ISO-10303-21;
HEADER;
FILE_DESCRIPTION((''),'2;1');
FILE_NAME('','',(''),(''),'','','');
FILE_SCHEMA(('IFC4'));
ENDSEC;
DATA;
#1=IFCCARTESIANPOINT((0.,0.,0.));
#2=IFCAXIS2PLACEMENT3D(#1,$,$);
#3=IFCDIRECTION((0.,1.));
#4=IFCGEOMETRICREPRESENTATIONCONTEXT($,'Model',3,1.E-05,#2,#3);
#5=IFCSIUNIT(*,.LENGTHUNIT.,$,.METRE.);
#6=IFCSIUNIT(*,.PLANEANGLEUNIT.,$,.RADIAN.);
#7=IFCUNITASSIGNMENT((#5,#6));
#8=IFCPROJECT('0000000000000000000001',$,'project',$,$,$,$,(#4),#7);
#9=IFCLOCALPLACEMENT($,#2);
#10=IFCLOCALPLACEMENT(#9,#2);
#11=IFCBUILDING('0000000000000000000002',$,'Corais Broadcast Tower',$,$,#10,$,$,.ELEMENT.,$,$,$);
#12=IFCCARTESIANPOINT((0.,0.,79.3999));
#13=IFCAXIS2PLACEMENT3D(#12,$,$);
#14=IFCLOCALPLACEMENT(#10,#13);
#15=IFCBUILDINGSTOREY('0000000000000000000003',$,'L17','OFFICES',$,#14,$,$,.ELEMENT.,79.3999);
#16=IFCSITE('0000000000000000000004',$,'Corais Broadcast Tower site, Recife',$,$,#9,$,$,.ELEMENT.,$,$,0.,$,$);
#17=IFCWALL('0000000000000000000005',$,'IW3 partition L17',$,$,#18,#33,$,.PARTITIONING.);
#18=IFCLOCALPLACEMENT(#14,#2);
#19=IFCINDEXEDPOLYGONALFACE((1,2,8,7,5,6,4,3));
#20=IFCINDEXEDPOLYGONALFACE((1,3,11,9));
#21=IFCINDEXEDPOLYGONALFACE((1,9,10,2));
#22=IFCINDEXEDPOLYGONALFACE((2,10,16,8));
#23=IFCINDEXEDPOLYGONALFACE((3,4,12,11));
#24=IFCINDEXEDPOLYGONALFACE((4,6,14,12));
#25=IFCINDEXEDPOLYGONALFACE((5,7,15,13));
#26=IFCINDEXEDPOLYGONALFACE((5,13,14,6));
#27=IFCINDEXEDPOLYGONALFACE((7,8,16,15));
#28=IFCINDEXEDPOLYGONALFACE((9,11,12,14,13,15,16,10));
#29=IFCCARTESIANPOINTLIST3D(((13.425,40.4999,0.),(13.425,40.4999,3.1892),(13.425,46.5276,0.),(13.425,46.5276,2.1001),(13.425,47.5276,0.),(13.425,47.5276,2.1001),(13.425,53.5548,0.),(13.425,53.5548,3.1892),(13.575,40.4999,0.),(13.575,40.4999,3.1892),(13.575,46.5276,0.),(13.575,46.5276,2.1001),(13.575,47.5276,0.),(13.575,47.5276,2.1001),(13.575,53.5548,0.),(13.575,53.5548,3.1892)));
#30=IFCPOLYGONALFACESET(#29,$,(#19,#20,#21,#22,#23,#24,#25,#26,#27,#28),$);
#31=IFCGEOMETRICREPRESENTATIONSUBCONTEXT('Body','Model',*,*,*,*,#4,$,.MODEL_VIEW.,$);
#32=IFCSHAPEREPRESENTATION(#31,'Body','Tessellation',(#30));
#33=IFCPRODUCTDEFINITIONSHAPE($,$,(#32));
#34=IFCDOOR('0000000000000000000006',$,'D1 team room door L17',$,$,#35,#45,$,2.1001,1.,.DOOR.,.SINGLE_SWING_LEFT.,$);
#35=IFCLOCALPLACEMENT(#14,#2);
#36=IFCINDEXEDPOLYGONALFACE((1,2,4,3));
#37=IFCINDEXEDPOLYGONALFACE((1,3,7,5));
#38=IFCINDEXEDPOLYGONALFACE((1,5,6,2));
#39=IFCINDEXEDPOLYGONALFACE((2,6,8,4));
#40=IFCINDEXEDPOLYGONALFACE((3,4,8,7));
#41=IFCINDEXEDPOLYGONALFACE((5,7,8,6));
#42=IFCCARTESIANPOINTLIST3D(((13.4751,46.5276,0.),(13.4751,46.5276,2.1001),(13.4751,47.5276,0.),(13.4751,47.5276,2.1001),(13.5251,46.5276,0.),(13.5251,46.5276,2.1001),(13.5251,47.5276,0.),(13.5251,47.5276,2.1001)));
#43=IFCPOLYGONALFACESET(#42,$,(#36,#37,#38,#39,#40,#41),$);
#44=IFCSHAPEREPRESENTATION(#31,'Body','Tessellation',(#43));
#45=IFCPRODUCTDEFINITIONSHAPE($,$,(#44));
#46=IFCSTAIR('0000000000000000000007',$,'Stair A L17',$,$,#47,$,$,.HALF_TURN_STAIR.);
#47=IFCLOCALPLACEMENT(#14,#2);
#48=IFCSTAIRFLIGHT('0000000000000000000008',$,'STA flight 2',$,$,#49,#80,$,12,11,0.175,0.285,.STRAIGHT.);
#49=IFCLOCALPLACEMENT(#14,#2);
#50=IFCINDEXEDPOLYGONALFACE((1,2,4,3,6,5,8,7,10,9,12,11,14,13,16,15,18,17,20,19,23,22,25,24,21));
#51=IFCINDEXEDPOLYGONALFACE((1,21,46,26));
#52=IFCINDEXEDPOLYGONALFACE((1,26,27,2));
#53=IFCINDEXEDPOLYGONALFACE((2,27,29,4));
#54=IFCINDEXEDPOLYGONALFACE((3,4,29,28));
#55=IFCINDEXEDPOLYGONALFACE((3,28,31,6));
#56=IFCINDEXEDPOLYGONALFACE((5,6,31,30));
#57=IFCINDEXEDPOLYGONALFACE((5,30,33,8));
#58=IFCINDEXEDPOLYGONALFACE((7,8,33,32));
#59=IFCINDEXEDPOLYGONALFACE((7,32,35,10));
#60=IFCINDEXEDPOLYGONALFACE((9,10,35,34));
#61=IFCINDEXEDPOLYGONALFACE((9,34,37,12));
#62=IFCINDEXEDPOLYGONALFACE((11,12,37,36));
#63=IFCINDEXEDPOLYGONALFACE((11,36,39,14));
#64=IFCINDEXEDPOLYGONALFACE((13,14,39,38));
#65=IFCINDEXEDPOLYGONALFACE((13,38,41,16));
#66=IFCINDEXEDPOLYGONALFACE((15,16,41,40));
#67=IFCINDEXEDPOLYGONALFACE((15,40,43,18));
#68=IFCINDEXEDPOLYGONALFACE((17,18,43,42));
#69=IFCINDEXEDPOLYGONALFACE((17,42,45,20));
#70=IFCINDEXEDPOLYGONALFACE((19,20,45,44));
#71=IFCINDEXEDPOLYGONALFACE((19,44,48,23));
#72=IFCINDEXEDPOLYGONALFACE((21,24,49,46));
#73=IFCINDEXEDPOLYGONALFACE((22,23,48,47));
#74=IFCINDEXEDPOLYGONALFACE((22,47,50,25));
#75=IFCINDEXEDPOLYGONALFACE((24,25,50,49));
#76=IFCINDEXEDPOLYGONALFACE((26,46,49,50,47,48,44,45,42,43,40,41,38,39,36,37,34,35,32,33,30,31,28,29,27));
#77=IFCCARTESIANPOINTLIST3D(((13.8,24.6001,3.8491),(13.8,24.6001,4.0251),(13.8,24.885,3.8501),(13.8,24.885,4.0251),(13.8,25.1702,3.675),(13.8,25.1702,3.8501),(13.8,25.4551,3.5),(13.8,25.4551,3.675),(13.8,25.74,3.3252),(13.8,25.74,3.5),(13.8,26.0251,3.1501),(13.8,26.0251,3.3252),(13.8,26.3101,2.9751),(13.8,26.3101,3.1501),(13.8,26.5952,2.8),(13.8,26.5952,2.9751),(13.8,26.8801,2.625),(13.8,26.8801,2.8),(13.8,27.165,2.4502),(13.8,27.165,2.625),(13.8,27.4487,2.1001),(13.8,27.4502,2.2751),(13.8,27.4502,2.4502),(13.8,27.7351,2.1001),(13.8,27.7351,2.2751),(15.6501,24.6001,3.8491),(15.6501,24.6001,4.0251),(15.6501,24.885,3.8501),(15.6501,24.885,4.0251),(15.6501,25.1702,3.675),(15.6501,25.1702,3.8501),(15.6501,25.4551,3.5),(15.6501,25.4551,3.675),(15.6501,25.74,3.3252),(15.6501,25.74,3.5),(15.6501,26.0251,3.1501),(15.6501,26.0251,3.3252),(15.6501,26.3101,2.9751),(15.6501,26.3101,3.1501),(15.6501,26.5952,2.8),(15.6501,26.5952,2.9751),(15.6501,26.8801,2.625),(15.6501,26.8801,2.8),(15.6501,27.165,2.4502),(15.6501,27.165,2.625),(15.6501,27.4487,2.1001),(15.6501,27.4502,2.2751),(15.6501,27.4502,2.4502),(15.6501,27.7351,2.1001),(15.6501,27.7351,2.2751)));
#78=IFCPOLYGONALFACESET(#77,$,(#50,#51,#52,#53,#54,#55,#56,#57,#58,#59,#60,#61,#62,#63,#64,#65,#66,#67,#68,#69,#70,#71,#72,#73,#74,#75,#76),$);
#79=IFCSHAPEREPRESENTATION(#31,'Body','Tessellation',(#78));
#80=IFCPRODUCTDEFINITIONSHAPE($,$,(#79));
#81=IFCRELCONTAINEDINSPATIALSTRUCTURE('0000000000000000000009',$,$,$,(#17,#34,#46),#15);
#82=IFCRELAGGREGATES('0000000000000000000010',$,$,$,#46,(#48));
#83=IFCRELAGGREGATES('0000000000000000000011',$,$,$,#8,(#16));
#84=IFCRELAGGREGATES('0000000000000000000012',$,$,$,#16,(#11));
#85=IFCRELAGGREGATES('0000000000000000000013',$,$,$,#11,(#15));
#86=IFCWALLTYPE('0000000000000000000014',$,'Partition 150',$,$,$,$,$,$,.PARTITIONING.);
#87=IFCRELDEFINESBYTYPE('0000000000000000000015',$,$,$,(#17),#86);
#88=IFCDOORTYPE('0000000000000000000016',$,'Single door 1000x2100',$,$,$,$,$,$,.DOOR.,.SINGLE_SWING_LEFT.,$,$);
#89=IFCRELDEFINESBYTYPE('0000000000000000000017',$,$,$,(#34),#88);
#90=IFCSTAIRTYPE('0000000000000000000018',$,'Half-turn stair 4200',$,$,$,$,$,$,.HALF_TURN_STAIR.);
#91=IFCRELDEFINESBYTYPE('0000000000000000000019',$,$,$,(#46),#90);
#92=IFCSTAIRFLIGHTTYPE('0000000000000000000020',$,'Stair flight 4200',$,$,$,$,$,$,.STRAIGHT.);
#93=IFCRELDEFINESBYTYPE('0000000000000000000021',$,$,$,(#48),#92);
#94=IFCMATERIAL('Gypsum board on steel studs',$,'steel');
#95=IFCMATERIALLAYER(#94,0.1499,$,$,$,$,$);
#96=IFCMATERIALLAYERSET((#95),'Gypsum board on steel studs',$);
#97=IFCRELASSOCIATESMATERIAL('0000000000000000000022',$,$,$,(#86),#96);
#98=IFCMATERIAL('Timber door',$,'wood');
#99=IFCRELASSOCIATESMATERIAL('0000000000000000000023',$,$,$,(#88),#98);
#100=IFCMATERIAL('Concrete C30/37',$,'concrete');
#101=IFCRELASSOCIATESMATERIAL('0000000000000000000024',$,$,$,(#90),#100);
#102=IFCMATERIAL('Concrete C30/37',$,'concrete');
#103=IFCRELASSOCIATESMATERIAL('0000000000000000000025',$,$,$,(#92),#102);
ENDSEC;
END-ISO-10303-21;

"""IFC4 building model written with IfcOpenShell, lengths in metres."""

from ifc_helpers import new_model, si_unit, direction, frame, frame_2d, origin, place, context, subcontext, project, spatial, polyline, rectangle, outline, extrude, material, layer, layer_set, type_object, element, fill, aggregate, save


model = new_model("IFC4")

# Units and contexts
model_context = context("Model", 3, precision=1e-05, world=origin(), true_north=direction((0.0, 1.0)))
body_context = subcontext(model_context, "Body", "Model", "MODEL_VIEW")
ifc_project = project(units=[si_unit("LENGTHUNIT", "METRE"), si_unit("PLANEANGLEUNIT", "RADIAN")], contexts=[model_context])

# Site, building, storey
site_placement = place(None, origin())
site = spatial("IfcSite", under=ifc_project, at=site_placement, Name="Corais Broadcast Tower site, Recife", CompositionType="ELEMENT", RefElevation=0.0)
building_placement = place(site_placement, origin())
building = spatial("IfcBuilding", under=site, at=building_placement, Name="Corais Broadcast Tower", CompositionType="ELEMENT")
storey_placement = place(building_placement, frame((0.0, 0.0, 79.3999)))
storey = spatial("IfcBuildingStorey", under=building, at=storey_placement, Name="L17", Description="OFFICES", CompositionType="ELEMENT", Elevation=79.3999)

# Shared definitions
ifc_material_1 = material(Name="Gypsum board on steel studs", Category="steel")
ifc_layer_1 = layer(ifc_material_1, 0.1499)
ifc_layer_set_1 = layer_set([ifc_layer_1], Name="Gypsum board on steel studs")
wall_type_1 = type_object("IfcWallType", Name="Partition 150", PredefinedType="PARTITIONING", material=ifc_layer_set_1)
ifc_material_2 = material(Name="Timber door", Category="wood")
door_type_1 = type_object("IfcDoorType", Name="Single door 1000x2100", OperationType="SINGLE_SWING_LEFT", PredefinedType="DOOR", material=ifc_material_2)

# Wall, opening, door
wall_1_placement = place(storey_placement, frame((13.5, 40.5, 0.0), z_axis=(0.0, 0.0, 1.0), x_axis=(0.0, 1.0, 0.0)))
wall_1 = element("IfcWall", 1, at=wall_1_placement, inside=storey, type_object=wall_type_1, Name="IW3 partition L17", PredefinedType="PARTITIONING", context=body_context, shape_type="SweptSolid", body=[
    extrude(rectangle(XDim=13.0549, YDim=0.1499, at=frame_2d((6.5273, 0.0))), origin(), (0.0, 0.0, 1.0), 3.1892),
])
opening_1_placement = place(wall_1_placement, frame((6.0276, 0.0, 0.0)))
opening_1 = element("IfcOpeningElement", 2, at=opening_1_placement, cuts=wall_1, PredefinedType="OPENING", context=body_context, shape_type="SweptSolid", body=[
    extrude(rectangle(XDim=1.0, YDim=2.1001, at=frame_2d((0.5, 1.05))), frame((0.0, 0.085, 0.0), z_axis=(0.0, -1.0, 0.0), x_axis=(1.0, 0.0, 0.0)), (0.0, 0.0, 1.0), 0.1699),
])
door_1_placement = place(opening_1_placement, origin())
door_1 = element("IfcDoor", 3, at=door_1_placement, inside=storey, type_object=door_type_1, Name="D1 team room door L17", OperationType="SINGLE_SWING_LEFT", OverallHeight=2.1001, OverallWidth=1.0, PredefinedType="DOOR", context=body_context, shape_type="SweptSolid", body=[
    extrude(rectangle(XDim=1.0, YDim=2.1001, at=frame_2d((0.5, 1.05))), frame((0.0, 0.0249, 0.0), z_axis=(0.0, -1.0, 0.0), x_axis=(1.0, 0.0, 0.0)), (0.0, 0.0, 1.0), 0.05),
])
fill(opening_1, door_1)

# Stair, stair flight
ifc_material_3 = material(Name="Concrete C30/37", Category="concrete")
stair_type = type_object("IfcStairType", Name="Half-turn stair 4200", PredefinedType="HALF_TURN_STAIR", material=ifc_material_3)
stair_placement = place(storey_placement, origin())
stair = element("IfcStair", 4, at=stair_placement, inside=storey, type_object=stair_type, Name="Stair A L17", PredefinedType="HALF_TURN_STAIR")
ifc_material_4 = material(Name="Concrete C30/37", Category="concrete")
stair_flight_type = type_object("IfcStairFlightType", Name="Stair flight 4200", PredefinedType="STRAIGHT", material=ifc_material_4)
stair_flight_placement = place(storey_placement, frame((14.7251, 27.7351, 2.1001), z_axis=(0.0, 0.0, 1.0), x_axis=(0.0, -1.0, 0.0)))
stair_flight = element("IfcStairFlight", 5, at=stair_flight_placement, type_object=stair_flight_type, Name="STA flight 2", NumberOfRisers=12, NumberOfTreads=11, PredefinedType="STRAIGHT", RiserHeight=0.175, TreadLength=0.285, context=body_context, shape_type="SweptSolid", body=[
    extrude(outline(polyline([(0.0, 0.0), (0.0, 0.175), (0.2849, 0.175), (0.2849, 0.3501), (0.5701, 0.3501), (0.5701, 0.5249), (0.855, 0.5249), (0.855, 0.7), (1.1399, 0.7), (1.1399, 0.875), (1.425, 0.875), (1.425, 1.05), (1.71, 1.05), (1.71, 1.2251), (1.9951, 1.2251), (1.9951, 1.3999), (2.28, 1.3999), (2.28, 1.575), (2.5649, 1.575), (2.5649, 1.75), (2.8501, 1.75), (2.8501, 1.925), (3.135, 1.925), (3.135, 2.1001), (3.135, 1.749), (0.2864, 0.0), (0.0, 0.0)])), frame((0.0, 0.925, 0.0), z_axis=(0.0, -1.0, 0.0), x_axis=(1.0, 0.0, 0.0)), (0.0, 0.0, 1.0), 1.8501),
])
aggregate(stair, [stair_flight])

save(model, "model.ifc")
